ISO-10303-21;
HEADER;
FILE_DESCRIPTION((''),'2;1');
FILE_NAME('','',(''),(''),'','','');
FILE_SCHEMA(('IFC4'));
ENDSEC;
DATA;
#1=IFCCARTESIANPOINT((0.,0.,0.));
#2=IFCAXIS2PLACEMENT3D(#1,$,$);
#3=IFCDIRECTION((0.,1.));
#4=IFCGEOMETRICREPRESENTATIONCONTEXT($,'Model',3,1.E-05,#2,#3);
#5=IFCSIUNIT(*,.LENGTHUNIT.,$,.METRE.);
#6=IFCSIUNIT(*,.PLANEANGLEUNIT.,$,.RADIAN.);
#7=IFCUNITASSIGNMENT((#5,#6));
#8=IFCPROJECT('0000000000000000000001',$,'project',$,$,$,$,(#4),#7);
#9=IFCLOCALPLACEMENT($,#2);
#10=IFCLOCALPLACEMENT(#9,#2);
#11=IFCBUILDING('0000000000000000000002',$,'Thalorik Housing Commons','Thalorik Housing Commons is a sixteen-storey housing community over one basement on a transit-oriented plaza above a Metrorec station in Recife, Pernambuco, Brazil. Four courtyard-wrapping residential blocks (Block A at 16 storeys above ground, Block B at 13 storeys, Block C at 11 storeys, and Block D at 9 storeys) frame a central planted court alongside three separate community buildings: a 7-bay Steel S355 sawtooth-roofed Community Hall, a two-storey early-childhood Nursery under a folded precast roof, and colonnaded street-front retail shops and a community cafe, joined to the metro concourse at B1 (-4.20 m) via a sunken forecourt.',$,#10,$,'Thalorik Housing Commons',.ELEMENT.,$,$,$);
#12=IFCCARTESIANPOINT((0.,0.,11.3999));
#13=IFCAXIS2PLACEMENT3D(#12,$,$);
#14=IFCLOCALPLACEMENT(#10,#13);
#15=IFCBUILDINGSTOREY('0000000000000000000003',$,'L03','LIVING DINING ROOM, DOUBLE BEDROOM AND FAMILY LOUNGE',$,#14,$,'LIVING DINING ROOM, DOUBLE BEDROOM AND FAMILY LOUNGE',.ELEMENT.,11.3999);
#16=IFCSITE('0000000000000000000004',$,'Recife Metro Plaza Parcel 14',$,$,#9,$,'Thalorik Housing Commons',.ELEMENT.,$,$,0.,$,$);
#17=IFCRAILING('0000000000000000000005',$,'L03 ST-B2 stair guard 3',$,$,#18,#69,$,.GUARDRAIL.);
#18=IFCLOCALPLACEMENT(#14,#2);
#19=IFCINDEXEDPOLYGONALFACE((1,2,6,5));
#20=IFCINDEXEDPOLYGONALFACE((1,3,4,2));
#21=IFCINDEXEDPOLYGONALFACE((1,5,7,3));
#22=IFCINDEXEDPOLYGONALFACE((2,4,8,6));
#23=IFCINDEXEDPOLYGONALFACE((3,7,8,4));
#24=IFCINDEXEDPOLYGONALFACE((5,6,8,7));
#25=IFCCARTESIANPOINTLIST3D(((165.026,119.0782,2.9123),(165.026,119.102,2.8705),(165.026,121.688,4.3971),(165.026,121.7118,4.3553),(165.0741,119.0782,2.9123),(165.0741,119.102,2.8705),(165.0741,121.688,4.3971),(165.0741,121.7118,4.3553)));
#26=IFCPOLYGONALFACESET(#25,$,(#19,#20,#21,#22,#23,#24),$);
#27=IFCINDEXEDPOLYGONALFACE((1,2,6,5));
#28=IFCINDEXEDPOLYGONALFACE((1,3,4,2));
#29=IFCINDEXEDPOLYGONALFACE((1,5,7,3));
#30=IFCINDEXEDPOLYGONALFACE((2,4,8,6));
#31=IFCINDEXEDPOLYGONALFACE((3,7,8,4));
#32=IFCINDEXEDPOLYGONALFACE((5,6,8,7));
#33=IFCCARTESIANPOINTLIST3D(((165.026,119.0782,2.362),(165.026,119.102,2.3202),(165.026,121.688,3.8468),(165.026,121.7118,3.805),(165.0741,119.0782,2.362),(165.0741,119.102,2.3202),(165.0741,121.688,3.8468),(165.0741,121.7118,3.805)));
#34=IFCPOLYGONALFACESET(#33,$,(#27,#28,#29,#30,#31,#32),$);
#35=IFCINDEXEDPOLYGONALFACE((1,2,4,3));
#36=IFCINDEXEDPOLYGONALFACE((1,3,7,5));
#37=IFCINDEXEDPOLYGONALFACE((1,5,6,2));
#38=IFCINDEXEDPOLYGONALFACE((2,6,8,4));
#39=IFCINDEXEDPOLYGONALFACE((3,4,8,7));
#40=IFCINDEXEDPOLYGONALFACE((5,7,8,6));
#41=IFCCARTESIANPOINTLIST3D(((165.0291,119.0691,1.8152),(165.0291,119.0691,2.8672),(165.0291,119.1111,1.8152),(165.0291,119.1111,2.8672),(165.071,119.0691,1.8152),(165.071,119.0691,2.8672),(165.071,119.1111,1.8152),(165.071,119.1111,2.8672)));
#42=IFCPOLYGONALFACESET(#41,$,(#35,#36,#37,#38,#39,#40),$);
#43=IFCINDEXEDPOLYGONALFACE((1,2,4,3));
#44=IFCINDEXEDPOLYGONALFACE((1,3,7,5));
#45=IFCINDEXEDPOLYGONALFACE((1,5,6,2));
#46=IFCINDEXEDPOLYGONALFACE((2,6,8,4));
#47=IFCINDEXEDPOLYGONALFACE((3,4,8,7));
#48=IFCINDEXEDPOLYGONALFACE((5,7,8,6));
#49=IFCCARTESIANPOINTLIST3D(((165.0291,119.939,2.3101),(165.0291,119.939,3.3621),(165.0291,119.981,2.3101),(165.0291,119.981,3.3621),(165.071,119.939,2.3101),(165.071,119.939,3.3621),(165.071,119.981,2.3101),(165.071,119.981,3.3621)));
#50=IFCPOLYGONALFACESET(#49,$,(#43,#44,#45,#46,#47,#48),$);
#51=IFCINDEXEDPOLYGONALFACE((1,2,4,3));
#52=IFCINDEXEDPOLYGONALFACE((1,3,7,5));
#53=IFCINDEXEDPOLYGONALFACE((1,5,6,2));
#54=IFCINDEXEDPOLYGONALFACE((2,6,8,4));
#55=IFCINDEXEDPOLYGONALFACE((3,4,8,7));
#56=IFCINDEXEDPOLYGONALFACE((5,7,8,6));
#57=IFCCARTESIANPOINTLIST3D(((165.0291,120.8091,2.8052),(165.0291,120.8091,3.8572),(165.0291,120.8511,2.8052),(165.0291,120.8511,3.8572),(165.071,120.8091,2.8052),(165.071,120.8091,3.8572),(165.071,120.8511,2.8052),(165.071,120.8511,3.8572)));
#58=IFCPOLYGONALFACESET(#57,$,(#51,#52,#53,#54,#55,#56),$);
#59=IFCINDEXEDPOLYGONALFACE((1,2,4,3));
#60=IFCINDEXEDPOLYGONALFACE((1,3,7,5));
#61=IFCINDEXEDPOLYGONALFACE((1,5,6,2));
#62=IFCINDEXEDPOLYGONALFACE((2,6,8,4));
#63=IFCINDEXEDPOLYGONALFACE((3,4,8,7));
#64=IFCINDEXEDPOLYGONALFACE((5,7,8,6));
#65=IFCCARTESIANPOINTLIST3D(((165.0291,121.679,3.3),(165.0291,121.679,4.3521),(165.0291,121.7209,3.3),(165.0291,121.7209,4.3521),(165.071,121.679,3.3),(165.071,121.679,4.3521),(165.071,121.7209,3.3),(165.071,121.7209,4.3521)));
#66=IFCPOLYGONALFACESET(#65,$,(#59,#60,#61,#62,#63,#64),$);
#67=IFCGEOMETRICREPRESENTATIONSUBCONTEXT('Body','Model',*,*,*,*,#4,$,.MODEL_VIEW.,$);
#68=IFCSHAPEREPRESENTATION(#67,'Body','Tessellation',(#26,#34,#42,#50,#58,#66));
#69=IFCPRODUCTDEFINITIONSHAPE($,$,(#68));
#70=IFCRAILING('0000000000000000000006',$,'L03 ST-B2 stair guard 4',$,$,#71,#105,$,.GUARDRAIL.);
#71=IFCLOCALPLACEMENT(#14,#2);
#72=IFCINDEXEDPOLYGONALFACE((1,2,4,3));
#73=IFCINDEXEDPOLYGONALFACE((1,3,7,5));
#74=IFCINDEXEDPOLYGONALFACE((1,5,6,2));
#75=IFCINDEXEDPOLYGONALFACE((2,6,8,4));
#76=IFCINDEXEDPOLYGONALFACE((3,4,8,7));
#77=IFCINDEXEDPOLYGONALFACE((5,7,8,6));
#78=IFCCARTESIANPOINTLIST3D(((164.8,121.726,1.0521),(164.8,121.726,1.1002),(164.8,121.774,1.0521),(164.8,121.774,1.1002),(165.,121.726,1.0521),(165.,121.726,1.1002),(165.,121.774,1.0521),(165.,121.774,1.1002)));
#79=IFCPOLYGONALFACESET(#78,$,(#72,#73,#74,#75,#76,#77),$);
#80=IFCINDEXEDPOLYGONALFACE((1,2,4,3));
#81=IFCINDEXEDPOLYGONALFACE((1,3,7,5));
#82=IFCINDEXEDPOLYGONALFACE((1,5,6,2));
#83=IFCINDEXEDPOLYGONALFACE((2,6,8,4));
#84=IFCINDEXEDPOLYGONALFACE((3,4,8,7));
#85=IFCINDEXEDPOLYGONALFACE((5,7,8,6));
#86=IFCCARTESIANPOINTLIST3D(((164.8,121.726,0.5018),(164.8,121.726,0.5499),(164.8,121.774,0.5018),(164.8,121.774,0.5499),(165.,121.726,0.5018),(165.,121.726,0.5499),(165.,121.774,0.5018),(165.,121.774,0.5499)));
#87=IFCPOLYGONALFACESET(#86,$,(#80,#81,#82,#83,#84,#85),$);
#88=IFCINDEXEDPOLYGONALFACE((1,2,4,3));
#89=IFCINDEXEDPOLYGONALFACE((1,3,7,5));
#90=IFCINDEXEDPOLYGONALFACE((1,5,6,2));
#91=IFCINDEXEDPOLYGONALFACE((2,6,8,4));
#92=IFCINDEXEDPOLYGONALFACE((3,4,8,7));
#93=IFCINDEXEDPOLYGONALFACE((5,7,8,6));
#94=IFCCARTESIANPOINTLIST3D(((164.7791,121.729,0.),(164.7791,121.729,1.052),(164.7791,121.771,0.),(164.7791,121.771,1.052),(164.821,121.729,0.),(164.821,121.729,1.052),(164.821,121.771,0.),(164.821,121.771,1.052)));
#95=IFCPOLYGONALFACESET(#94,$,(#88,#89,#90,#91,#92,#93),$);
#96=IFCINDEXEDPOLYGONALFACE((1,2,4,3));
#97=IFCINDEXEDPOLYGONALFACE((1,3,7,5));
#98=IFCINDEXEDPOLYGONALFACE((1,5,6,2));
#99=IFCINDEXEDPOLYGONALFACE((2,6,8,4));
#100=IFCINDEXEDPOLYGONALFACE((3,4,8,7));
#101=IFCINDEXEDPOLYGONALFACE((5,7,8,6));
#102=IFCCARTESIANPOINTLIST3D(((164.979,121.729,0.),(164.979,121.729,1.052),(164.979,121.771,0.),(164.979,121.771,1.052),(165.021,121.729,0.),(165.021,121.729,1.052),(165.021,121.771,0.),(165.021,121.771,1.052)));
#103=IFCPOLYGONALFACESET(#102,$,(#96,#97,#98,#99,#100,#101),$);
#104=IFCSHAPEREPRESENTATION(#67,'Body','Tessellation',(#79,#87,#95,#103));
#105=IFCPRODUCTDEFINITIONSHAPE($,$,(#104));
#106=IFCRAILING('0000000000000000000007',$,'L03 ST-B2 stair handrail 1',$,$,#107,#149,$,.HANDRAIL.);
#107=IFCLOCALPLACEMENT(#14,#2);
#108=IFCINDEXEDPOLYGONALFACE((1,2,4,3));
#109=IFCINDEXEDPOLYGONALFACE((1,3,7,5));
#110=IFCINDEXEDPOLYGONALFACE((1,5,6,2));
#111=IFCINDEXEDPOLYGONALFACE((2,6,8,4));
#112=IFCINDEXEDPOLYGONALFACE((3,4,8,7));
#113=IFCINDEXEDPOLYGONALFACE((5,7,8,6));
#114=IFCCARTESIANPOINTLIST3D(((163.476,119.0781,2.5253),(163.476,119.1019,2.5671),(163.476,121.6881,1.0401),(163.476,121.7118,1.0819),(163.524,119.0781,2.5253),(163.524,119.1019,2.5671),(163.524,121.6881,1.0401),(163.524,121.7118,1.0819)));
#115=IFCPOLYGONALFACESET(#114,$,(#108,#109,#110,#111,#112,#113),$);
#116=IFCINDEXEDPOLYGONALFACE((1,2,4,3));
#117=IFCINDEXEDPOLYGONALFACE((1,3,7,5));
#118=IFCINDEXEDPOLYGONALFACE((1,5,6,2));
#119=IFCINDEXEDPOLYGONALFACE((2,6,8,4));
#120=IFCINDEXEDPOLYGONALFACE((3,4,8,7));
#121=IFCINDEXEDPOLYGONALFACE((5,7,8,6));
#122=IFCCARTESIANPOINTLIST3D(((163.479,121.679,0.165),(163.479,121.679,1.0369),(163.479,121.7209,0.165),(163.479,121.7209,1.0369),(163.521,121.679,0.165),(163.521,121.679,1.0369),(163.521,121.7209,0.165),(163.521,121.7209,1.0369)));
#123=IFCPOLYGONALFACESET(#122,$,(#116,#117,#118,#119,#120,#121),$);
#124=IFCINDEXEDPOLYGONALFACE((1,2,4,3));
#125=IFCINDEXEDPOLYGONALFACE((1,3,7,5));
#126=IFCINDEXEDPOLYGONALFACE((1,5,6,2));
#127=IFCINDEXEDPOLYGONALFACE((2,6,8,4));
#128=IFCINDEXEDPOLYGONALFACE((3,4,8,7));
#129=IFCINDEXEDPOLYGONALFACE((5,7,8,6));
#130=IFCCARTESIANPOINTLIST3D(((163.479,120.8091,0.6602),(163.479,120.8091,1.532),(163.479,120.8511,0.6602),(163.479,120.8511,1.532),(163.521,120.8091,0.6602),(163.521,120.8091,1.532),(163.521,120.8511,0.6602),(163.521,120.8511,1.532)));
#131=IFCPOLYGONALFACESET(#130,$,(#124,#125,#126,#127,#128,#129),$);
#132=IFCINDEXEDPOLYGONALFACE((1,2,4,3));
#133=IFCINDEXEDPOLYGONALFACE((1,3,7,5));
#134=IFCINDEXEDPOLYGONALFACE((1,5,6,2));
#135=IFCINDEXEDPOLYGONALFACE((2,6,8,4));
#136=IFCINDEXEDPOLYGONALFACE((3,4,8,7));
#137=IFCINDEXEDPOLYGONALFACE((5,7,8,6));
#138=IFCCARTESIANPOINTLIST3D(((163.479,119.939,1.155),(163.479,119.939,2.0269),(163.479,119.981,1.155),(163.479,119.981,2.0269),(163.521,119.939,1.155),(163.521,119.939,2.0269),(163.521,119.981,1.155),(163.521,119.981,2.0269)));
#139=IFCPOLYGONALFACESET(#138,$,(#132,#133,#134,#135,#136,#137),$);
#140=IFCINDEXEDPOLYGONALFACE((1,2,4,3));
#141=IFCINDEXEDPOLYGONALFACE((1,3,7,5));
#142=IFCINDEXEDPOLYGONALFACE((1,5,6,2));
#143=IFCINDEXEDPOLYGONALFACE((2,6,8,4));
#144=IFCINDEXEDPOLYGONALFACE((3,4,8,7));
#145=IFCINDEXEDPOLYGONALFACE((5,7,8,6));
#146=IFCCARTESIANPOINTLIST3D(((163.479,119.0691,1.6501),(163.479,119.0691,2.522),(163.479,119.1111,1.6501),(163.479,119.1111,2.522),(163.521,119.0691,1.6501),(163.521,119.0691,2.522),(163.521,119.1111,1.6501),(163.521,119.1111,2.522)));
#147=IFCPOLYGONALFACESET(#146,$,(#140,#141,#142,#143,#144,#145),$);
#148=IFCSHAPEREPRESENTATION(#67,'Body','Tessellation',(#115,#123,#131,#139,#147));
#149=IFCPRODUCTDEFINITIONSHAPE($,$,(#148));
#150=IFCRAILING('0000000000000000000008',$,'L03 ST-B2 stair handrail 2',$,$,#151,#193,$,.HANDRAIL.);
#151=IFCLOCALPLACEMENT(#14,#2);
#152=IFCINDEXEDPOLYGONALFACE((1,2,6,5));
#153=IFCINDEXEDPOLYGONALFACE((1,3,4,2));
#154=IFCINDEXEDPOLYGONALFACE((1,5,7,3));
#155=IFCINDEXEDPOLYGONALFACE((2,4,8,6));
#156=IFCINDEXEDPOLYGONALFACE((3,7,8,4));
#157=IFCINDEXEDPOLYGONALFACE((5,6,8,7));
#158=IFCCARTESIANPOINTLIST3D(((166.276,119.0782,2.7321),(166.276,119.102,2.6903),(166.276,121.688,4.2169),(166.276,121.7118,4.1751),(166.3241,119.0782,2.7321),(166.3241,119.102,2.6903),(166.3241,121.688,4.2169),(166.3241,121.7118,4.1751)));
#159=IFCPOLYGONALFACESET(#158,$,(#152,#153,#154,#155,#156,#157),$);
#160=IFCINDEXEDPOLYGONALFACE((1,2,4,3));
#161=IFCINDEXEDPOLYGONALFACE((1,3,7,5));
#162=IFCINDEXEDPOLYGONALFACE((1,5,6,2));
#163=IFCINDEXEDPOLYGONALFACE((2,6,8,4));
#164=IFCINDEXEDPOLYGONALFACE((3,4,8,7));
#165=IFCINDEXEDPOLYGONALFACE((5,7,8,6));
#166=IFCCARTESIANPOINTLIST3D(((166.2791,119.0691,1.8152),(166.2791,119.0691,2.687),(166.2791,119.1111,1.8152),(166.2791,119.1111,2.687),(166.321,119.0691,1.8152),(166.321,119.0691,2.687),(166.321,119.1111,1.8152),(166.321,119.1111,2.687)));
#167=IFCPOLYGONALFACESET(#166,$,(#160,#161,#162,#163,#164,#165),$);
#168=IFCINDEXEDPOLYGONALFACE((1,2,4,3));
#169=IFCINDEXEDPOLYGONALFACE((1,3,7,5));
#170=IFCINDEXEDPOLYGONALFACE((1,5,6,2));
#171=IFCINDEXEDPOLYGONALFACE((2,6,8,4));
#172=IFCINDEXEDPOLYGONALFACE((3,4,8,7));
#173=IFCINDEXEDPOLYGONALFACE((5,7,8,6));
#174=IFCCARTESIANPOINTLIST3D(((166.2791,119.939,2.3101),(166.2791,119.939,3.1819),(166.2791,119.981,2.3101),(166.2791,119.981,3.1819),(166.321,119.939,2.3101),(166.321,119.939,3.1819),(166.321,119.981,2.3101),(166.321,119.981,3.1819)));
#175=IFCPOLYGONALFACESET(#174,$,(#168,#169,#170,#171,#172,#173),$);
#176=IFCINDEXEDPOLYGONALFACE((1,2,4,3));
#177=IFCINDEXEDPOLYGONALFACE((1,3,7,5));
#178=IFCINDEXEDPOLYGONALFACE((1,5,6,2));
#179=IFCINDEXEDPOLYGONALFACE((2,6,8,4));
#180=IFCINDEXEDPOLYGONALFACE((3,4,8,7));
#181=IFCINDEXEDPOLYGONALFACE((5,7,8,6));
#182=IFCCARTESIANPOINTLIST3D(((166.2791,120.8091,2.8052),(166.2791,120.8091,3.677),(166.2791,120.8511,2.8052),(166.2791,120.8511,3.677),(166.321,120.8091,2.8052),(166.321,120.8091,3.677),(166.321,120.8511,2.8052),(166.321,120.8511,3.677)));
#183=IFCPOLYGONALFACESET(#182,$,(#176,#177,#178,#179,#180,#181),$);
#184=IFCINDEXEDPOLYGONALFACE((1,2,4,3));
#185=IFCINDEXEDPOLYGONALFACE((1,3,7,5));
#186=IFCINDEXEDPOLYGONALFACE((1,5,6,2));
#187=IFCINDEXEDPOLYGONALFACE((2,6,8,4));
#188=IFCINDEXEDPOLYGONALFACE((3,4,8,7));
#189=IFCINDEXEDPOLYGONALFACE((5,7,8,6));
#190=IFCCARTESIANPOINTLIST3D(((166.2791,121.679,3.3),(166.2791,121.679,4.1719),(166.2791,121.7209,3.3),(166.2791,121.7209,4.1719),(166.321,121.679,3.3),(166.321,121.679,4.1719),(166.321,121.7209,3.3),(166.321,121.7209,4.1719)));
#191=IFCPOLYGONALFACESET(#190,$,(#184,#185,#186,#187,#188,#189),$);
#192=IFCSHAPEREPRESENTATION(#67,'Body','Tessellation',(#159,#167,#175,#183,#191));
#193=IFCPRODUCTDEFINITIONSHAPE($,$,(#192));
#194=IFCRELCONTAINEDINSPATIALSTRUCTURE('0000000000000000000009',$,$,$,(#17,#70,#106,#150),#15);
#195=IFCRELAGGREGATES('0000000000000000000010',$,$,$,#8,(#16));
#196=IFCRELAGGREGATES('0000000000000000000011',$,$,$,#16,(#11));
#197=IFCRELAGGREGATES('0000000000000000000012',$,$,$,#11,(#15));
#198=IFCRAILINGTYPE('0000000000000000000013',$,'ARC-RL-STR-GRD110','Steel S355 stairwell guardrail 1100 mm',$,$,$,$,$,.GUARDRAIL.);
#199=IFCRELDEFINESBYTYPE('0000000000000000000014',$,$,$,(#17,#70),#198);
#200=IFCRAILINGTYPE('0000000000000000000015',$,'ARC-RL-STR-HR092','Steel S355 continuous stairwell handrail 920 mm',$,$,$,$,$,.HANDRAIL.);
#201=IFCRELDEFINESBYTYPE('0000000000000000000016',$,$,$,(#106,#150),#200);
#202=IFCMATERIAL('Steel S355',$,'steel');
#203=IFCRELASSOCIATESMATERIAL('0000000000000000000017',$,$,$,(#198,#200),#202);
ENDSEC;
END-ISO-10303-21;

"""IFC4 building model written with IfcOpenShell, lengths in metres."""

from ifc_helpers import new_model, si_unit, direction, frame, origin, origin_2d, place, context, subcontext, project, spatial, rectangle, extrude, material, type_object, element, save


model = new_model("IFC4")

# Units and contexts
model_context = context("Model", 3, precision=1e-05, world=origin(), true_north=direction((0.0, 1.0)))
body_context = subcontext(model_context, "Body", "Model", "MODEL_VIEW")
ifc_project = project(units=[si_unit("LENGTHUNIT", "METRE"), si_unit("PLANEANGLEUNIT", "RADIAN")], contexts=[model_context])

# Site, building, storey
site_placement = place(None, origin())
site = spatial("IfcSite", under=ifc_project, at=site_placement, Name="Recife Metro Plaza Parcel 14", LongName="Thalorik Housing Commons", CompositionType="ELEMENT", RefElevation=0.0)
building_placement = place(site_placement, origin())
building = spatial("IfcBuilding", under=site, at=building_placement, Name="Thalorik Housing Commons", Description="Thalorik Housing Commons is a sixteen-storey housing community over one basement on a transit-oriented plaza above a Metrorec station in Recife, Pernambuco, Brazil. Four courtyard-wrapping residential blocks (Block A at 16 storeys above ground, Block B at 13 storeys, Block C at 11 storeys, and Block D at 9 storeys) frame a central planted court alongside three separate community buildings: a 7-bay Steel S355 sawtooth-roofed Community Hall, a two-storey early-childhood Nursery under a folded precast roof, and colonnaded street-front retail shops and a community cafe, joined to the metro concourse at B1 (-4.20 m) via a sunken forecourt.", LongName="Thalorik Housing Commons", CompositionType="ELEMENT")
storey_placement = place(building_placement, frame((0.0, 0.0, 11.3999)))
storey = spatial("IfcBuildingStorey", under=building, at=storey_placement, Name="L03", Description="LIVING DINING ROOM, DOUBLE BEDROOM AND FAMILY LOUNGE", LongName="LIVING DINING ROOM, DOUBLE BEDROOM AND FAMILY LOUNGE", CompositionType="ELEMENT", Elevation=11.3999)

# Shared definitions
ifc_material_1 = material(Name="Steel S355", Category="steel")

# Railings
railing_type_1 = type_object("IfcRailingType", Name="ARC-RL-STR-GRD110", Description="Steel S355 stairwell guardrail 1100 mm", PredefinedType="GUARDRAIL", material=ifc_material_1)
railing_1_placement = place(storey_placement, frame((165.05, 119.0901, 1.8152)))
element("IfcRailing", 1, at=railing_1_placement, inside=storey, type_object=railing_type_1, Name="L03 ST-B2 stair guard 3", PredefinedType="GUARDRAIL", context=body_context, shape_type="SweptSolid", body=[
    extrude(rectangle(XDim=0.0481, YDim=0.0481, at=origin_2d()), frame((0.0, 0.0, 1.0762), z_axis=(0.0, 0.869172, 0.494509), x_axis=(-1.0, 0.0, 0.0)), (0.0, 0.0, 1.0), 3.0027),
    extrude(rectangle(XDim=0.0481, YDim=0.0481, at=origin_2d()), frame((0.0, 0.0, 0.5259), z_axis=(0.0, 0.869172, 0.494509), x_axis=(-1.0, 0.0, 0.0)), (0.0, 0.0, 1.0), 3.0027),
    extrude(rectangle(XDim=0.042, YDim=0.042, at=origin_2d()), origin(), (0.0, 0.0, 1.0), 1.052),
    extrude(rectangle(XDim=0.042, YDim=0.042, at=origin_2d()), frame((0.0, 0.8699, 0.4949)), (0.0, 0.0, 1.0), 1.052),
    extrude(rectangle(XDim=0.042, YDim=0.042, at=origin_2d()), frame((0.0, 1.74, 0.99)), (0.0, 0.0, 1.0), 1.052),
    extrude(rectangle(XDim=0.042, YDim=0.042, at=origin_2d()), frame((0.0, 2.6099, 1.4849)), (0.0, 0.0, 1.0), 1.052),
])
railing_2_placement = place(storey_placement, frame((164.8, 121.75, 0.0)))
element("IfcRailing", 2, at=railing_2_placement, inside=storey, type_object=railing_type_1, Name="L03 ST-B2 stair guard 4", PredefinedType="GUARDRAIL", context=body_context, shape_type="SweptSolid", body=[
    extrude(rectangle(XDim=0.0481, YDim=0.0481, at=origin_2d()), frame((0.0, 0.0, 1.0762), z_axis=(1.0, 0.0, 0.0), x_axis=(0.0, 1.0, 0.0)), (0.0, 0.0, 1.0), 0.2),
    extrude(rectangle(XDim=0.0481, YDim=0.0481, at=origin_2d()), frame((0.0, 0.0, 0.5259), z_axis=(1.0, 0.0, 0.0), x_axis=(0.0, 1.0, 0.0)), (0.0, 0.0, 1.0), 0.2),
    extrude(rectangle(XDim=0.042, YDim=0.042, at=origin_2d()), origin(), (0.0, 0.0, 1.0), 1.052),
    extrude(rectangle(XDim=0.042, YDim=0.042, at=origin_2d()), frame((0.2, 0.0, 0.0)), (0.0, 0.0, 1.0), 1.052),
])
railing_type_2 = type_object("IfcRailingType", Name="ARC-RL-STR-HR092", Description="Steel S355 continuous stairwell handrail 920 mm", PredefinedType="HANDRAIL", material=ifc_material_1)
railing_3_placement = place(storey_placement, frame((163.5, 121.7, 0.165)))
element("IfcRailing", 3, at=railing_3_placement, inside=storey, type_object=railing_type_2, Name="L03 ST-B2 stair handrail 1", PredefinedType="HANDRAIL", context=body_context, shape_type="SweptSolid", body=[
    extrude(rectangle(XDim=0.0481, YDim=0.0481, at=origin_2d()), frame((0.0, 0.0, 0.896), z_axis=(0.0, -0.869137, 0.494571), x_axis=(1.0, 0.0, 0.0)), (0.0, 0.0, 1.0), 3.0029),
    extrude(rectangle(XDim=0.042, YDim=0.042, at=origin_2d()), origin(), (0.0, 0.0, 1.0), 0.8718),
    extrude(rectangle(XDim=0.042, YDim=0.042, at=origin_2d()), frame((0.0, -0.8699, 0.4951)), (0.0, 0.0, 1.0), 0.8718),
    extrude(rectangle(XDim=0.042, YDim=0.042, at=origin_2d()), frame((0.0, -1.74, 0.99)), (0.0, 0.0, 1.0), 0.8718),
    extrude(rectangle(XDim=0.042, YDim=0.042, at=origin_2d()), frame((0.0, -2.6099, 1.4851)), (0.0, 0.0, 1.0), 0.8718),
])
railing_4_placement = place(storey_placement, frame((166.3, 119.0901, 1.8152)))
element("IfcRailing", 4, at=railing_4_placement, inside=storey, type_object=railing_type_2, Name="L03 ST-B2 stair handrail 2", PredefinedType="HANDRAIL", context=body_context, shape_type="SweptSolid", body=[
    extrude(rectangle(XDim=0.0481, YDim=0.0481, at=origin_2d()), frame((0.0, 0.0, 0.896), z_axis=(0.0, 0.869172, 0.494509), x_axis=(-1.0, 0.0, 0.0)), (0.0, 0.0, 1.0), 3.0027),
    extrude(rectangle(XDim=0.042, YDim=0.042, at=origin_2d()), origin(), (0.0, 0.0, 1.0), 0.8718),
    extrude(rectangle(XDim=0.042, YDim=0.042, at=origin_2d()), frame((0.0, 0.8699, 0.4949)), (0.0, 0.0, 1.0), 0.8718),
    extrude(rectangle(XDim=0.042, YDim=0.042, at=origin_2d()), frame((0.0, 1.74, 0.99)), (0.0, 0.0, 1.0), 0.8718),
    extrude(rectangle(XDim=0.042, YDim=0.042, at=origin_2d()), frame((0.0, 2.6099, 1.4849)), (0.0, 0.0, 1.0), 0.8718),
])

save(model, "model.ifc")
